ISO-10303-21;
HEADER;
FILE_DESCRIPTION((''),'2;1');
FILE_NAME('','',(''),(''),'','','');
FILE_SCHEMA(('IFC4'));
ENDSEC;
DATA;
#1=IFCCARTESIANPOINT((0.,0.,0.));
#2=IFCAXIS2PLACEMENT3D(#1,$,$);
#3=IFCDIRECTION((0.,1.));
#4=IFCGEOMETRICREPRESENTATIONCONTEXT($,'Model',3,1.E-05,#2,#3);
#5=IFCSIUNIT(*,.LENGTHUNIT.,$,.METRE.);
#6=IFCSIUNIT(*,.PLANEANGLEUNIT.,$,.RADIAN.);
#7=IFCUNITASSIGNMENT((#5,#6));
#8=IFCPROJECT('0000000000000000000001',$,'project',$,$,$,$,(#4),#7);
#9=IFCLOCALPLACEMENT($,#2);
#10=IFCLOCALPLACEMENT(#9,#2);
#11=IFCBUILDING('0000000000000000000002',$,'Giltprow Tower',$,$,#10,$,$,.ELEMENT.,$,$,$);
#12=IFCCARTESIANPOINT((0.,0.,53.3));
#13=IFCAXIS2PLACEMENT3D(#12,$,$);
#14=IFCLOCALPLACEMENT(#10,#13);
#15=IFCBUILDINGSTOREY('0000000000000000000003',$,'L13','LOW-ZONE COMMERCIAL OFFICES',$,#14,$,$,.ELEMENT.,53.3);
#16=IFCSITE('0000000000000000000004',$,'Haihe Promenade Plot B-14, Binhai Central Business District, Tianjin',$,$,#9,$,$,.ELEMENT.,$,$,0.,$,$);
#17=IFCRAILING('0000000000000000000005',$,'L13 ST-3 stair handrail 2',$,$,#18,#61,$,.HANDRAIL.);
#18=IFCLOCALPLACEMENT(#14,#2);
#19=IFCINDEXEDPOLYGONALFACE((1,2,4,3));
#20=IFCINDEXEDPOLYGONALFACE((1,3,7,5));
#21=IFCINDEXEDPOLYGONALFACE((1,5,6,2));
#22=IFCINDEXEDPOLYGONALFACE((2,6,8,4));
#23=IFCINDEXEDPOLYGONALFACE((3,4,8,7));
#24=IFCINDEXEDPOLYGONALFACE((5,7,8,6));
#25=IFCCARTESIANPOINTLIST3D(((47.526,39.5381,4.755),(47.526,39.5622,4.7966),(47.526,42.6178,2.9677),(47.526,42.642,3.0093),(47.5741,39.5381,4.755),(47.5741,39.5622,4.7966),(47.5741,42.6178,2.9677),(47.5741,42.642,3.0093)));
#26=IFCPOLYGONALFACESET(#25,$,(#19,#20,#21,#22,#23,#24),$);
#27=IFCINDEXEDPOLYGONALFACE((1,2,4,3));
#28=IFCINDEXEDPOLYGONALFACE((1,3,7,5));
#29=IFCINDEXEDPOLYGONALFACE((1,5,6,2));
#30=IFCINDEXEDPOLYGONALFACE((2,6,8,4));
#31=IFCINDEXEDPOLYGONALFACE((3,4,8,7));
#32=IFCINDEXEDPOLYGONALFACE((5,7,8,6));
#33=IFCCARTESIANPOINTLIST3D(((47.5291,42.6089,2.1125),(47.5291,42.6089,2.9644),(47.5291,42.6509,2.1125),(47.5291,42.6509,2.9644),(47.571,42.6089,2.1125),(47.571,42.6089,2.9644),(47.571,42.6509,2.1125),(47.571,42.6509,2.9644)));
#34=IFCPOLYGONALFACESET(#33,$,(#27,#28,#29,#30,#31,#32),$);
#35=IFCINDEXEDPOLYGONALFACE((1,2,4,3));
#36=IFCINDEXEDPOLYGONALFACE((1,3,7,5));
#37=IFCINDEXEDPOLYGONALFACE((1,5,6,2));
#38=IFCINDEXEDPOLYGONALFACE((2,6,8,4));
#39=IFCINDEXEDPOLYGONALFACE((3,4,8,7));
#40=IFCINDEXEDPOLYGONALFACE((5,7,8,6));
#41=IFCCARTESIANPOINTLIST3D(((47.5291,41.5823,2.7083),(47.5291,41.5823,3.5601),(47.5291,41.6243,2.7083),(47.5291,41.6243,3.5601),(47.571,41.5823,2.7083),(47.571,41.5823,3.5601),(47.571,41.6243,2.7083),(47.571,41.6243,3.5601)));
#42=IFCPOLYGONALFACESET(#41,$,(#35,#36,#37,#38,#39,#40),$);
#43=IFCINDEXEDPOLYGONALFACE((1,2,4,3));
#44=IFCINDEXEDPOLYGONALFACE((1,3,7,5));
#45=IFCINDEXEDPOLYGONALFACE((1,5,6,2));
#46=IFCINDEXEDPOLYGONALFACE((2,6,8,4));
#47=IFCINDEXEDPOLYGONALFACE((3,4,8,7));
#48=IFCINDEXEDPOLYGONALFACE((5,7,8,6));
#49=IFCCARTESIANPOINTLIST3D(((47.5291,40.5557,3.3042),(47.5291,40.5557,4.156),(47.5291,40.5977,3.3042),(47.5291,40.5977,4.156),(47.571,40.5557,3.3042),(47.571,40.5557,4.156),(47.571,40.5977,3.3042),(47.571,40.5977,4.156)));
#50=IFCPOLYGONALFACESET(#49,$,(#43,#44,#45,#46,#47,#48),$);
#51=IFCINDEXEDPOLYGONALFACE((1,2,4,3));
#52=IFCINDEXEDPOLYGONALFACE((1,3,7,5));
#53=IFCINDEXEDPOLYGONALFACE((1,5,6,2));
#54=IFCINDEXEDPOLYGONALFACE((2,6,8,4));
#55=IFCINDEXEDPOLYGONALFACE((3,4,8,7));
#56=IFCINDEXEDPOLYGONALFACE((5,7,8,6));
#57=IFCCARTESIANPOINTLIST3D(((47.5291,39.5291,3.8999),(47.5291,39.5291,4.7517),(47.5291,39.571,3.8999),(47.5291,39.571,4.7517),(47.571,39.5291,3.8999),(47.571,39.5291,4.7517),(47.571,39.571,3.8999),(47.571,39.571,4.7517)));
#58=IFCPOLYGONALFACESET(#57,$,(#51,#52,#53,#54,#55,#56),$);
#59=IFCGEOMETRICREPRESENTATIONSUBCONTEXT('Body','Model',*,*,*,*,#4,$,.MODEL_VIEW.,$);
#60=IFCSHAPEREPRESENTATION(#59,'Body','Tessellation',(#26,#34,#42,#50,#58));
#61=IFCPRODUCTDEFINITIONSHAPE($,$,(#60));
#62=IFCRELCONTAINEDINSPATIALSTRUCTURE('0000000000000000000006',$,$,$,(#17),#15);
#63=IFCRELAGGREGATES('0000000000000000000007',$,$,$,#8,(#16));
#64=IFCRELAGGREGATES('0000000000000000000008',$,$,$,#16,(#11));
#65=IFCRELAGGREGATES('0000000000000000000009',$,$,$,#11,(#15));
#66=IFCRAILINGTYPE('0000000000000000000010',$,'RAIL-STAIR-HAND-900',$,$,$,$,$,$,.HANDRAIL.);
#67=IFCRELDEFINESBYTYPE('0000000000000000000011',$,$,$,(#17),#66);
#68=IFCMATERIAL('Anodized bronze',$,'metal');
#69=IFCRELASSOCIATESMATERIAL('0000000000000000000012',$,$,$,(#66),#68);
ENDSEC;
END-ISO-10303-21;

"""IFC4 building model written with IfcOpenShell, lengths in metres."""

from ifc_helpers import new_model, si_unit, direction, frame, origin, origin_2d, place, context, subcontext, project, spatial, rectangle, extrude, material, type_object, element, save


model = new_model("IFC4")

# Units and contexts
model_context = context("Model", 3, precision=1e-05, world=origin(), true_north=direction((0.0, 1.0)))
body_context = subcontext(model_context, "Body", "Model", "MODEL_VIEW")
ifc_project = project(units=[si_unit("LENGTHUNIT", "METRE"), si_unit("PLANEANGLEUNIT", "RADIAN")], contexts=[model_context])

# Site, building, storey
site_placement = place(None, origin())
site = spatial("IfcSite", under=ifc_project, at=site_placement, Name="Haihe Promenade Plot B-14, Binhai Central Business District, Tianjin", CompositionType="ELEMENT", RefElevation=0.0)
building_placement = place(site_placement, origin())
building = spatial("IfcBuilding", under=site, at=building_placement, Name="Giltprow Tower", CompositionType="ELEMENT")
storey_placement = place(building_placement, frame((0.0, 0.0, 53.3)))
storey = spatial("IfcBuildingStorey", under=building, at=storey_placement, Name="L13", Description="LOW-ZONE COMMERCIAL OFFICES", CompositionType="ELEMENT", Elevation=53.3)

# Railing
ifc_material_1 = material(Name="Anodized bronze", Category="metal")
railing_type_1 = type_object("IfcRailingType", Name="RAIL-STAIR-HAND-900", PredefinedType="HANDRAIL", material=ifc_material_1)
railing_1_placement = place(storey_placement, frame((47.55, 42.6299, 2.1125)))
element("IfcRailing", 1, at=railing_1_placement, inside=storey, type_object=railing_type_1, Name="L13 ST-3 stair handrail 2", PredefinedType="HANDRAIL", context=body_context, shape_type="SweptSolid", body=[
    extrude(rectangle(XDim=0.0481, YDim=0.0481, at=origin_2d()), frame((0.0, 0.0, 0.876), z_axis=(0.0, -0.864903, 0.501939), x_axis=(1.0, 0.0, 0.0)), (0.0, 0.0, 1.0), 3.5608),
    extrude(rectangle(XDim=0.042, YDim=0.042, at=origin_2d()), origin(), (0.0, 0.0, 1.0), 0.8518),
    extrude(rectangle(XDim=0.042, YDim=0.042, at=origin_2d()), frame((0.0, -1.0266, 0.5957)), (0.0, 0.0, 1.0), 0.8518),
    extrude(rectangle(XDim=0.042, YDim=0.042, at=origin_2d()), frame((0.0, -2.0532, 1.1917)), (0.0, 0.0, 1.0), 0.8518),
    extrude(rectangle(XDim=0.042, YDim=0.042, at=origin_2d()), frame((0.0, -3.0798, 1.7874)), (0.0, 0.0, 1.0), 0.8518),
])

save(model, "model.ifc")
